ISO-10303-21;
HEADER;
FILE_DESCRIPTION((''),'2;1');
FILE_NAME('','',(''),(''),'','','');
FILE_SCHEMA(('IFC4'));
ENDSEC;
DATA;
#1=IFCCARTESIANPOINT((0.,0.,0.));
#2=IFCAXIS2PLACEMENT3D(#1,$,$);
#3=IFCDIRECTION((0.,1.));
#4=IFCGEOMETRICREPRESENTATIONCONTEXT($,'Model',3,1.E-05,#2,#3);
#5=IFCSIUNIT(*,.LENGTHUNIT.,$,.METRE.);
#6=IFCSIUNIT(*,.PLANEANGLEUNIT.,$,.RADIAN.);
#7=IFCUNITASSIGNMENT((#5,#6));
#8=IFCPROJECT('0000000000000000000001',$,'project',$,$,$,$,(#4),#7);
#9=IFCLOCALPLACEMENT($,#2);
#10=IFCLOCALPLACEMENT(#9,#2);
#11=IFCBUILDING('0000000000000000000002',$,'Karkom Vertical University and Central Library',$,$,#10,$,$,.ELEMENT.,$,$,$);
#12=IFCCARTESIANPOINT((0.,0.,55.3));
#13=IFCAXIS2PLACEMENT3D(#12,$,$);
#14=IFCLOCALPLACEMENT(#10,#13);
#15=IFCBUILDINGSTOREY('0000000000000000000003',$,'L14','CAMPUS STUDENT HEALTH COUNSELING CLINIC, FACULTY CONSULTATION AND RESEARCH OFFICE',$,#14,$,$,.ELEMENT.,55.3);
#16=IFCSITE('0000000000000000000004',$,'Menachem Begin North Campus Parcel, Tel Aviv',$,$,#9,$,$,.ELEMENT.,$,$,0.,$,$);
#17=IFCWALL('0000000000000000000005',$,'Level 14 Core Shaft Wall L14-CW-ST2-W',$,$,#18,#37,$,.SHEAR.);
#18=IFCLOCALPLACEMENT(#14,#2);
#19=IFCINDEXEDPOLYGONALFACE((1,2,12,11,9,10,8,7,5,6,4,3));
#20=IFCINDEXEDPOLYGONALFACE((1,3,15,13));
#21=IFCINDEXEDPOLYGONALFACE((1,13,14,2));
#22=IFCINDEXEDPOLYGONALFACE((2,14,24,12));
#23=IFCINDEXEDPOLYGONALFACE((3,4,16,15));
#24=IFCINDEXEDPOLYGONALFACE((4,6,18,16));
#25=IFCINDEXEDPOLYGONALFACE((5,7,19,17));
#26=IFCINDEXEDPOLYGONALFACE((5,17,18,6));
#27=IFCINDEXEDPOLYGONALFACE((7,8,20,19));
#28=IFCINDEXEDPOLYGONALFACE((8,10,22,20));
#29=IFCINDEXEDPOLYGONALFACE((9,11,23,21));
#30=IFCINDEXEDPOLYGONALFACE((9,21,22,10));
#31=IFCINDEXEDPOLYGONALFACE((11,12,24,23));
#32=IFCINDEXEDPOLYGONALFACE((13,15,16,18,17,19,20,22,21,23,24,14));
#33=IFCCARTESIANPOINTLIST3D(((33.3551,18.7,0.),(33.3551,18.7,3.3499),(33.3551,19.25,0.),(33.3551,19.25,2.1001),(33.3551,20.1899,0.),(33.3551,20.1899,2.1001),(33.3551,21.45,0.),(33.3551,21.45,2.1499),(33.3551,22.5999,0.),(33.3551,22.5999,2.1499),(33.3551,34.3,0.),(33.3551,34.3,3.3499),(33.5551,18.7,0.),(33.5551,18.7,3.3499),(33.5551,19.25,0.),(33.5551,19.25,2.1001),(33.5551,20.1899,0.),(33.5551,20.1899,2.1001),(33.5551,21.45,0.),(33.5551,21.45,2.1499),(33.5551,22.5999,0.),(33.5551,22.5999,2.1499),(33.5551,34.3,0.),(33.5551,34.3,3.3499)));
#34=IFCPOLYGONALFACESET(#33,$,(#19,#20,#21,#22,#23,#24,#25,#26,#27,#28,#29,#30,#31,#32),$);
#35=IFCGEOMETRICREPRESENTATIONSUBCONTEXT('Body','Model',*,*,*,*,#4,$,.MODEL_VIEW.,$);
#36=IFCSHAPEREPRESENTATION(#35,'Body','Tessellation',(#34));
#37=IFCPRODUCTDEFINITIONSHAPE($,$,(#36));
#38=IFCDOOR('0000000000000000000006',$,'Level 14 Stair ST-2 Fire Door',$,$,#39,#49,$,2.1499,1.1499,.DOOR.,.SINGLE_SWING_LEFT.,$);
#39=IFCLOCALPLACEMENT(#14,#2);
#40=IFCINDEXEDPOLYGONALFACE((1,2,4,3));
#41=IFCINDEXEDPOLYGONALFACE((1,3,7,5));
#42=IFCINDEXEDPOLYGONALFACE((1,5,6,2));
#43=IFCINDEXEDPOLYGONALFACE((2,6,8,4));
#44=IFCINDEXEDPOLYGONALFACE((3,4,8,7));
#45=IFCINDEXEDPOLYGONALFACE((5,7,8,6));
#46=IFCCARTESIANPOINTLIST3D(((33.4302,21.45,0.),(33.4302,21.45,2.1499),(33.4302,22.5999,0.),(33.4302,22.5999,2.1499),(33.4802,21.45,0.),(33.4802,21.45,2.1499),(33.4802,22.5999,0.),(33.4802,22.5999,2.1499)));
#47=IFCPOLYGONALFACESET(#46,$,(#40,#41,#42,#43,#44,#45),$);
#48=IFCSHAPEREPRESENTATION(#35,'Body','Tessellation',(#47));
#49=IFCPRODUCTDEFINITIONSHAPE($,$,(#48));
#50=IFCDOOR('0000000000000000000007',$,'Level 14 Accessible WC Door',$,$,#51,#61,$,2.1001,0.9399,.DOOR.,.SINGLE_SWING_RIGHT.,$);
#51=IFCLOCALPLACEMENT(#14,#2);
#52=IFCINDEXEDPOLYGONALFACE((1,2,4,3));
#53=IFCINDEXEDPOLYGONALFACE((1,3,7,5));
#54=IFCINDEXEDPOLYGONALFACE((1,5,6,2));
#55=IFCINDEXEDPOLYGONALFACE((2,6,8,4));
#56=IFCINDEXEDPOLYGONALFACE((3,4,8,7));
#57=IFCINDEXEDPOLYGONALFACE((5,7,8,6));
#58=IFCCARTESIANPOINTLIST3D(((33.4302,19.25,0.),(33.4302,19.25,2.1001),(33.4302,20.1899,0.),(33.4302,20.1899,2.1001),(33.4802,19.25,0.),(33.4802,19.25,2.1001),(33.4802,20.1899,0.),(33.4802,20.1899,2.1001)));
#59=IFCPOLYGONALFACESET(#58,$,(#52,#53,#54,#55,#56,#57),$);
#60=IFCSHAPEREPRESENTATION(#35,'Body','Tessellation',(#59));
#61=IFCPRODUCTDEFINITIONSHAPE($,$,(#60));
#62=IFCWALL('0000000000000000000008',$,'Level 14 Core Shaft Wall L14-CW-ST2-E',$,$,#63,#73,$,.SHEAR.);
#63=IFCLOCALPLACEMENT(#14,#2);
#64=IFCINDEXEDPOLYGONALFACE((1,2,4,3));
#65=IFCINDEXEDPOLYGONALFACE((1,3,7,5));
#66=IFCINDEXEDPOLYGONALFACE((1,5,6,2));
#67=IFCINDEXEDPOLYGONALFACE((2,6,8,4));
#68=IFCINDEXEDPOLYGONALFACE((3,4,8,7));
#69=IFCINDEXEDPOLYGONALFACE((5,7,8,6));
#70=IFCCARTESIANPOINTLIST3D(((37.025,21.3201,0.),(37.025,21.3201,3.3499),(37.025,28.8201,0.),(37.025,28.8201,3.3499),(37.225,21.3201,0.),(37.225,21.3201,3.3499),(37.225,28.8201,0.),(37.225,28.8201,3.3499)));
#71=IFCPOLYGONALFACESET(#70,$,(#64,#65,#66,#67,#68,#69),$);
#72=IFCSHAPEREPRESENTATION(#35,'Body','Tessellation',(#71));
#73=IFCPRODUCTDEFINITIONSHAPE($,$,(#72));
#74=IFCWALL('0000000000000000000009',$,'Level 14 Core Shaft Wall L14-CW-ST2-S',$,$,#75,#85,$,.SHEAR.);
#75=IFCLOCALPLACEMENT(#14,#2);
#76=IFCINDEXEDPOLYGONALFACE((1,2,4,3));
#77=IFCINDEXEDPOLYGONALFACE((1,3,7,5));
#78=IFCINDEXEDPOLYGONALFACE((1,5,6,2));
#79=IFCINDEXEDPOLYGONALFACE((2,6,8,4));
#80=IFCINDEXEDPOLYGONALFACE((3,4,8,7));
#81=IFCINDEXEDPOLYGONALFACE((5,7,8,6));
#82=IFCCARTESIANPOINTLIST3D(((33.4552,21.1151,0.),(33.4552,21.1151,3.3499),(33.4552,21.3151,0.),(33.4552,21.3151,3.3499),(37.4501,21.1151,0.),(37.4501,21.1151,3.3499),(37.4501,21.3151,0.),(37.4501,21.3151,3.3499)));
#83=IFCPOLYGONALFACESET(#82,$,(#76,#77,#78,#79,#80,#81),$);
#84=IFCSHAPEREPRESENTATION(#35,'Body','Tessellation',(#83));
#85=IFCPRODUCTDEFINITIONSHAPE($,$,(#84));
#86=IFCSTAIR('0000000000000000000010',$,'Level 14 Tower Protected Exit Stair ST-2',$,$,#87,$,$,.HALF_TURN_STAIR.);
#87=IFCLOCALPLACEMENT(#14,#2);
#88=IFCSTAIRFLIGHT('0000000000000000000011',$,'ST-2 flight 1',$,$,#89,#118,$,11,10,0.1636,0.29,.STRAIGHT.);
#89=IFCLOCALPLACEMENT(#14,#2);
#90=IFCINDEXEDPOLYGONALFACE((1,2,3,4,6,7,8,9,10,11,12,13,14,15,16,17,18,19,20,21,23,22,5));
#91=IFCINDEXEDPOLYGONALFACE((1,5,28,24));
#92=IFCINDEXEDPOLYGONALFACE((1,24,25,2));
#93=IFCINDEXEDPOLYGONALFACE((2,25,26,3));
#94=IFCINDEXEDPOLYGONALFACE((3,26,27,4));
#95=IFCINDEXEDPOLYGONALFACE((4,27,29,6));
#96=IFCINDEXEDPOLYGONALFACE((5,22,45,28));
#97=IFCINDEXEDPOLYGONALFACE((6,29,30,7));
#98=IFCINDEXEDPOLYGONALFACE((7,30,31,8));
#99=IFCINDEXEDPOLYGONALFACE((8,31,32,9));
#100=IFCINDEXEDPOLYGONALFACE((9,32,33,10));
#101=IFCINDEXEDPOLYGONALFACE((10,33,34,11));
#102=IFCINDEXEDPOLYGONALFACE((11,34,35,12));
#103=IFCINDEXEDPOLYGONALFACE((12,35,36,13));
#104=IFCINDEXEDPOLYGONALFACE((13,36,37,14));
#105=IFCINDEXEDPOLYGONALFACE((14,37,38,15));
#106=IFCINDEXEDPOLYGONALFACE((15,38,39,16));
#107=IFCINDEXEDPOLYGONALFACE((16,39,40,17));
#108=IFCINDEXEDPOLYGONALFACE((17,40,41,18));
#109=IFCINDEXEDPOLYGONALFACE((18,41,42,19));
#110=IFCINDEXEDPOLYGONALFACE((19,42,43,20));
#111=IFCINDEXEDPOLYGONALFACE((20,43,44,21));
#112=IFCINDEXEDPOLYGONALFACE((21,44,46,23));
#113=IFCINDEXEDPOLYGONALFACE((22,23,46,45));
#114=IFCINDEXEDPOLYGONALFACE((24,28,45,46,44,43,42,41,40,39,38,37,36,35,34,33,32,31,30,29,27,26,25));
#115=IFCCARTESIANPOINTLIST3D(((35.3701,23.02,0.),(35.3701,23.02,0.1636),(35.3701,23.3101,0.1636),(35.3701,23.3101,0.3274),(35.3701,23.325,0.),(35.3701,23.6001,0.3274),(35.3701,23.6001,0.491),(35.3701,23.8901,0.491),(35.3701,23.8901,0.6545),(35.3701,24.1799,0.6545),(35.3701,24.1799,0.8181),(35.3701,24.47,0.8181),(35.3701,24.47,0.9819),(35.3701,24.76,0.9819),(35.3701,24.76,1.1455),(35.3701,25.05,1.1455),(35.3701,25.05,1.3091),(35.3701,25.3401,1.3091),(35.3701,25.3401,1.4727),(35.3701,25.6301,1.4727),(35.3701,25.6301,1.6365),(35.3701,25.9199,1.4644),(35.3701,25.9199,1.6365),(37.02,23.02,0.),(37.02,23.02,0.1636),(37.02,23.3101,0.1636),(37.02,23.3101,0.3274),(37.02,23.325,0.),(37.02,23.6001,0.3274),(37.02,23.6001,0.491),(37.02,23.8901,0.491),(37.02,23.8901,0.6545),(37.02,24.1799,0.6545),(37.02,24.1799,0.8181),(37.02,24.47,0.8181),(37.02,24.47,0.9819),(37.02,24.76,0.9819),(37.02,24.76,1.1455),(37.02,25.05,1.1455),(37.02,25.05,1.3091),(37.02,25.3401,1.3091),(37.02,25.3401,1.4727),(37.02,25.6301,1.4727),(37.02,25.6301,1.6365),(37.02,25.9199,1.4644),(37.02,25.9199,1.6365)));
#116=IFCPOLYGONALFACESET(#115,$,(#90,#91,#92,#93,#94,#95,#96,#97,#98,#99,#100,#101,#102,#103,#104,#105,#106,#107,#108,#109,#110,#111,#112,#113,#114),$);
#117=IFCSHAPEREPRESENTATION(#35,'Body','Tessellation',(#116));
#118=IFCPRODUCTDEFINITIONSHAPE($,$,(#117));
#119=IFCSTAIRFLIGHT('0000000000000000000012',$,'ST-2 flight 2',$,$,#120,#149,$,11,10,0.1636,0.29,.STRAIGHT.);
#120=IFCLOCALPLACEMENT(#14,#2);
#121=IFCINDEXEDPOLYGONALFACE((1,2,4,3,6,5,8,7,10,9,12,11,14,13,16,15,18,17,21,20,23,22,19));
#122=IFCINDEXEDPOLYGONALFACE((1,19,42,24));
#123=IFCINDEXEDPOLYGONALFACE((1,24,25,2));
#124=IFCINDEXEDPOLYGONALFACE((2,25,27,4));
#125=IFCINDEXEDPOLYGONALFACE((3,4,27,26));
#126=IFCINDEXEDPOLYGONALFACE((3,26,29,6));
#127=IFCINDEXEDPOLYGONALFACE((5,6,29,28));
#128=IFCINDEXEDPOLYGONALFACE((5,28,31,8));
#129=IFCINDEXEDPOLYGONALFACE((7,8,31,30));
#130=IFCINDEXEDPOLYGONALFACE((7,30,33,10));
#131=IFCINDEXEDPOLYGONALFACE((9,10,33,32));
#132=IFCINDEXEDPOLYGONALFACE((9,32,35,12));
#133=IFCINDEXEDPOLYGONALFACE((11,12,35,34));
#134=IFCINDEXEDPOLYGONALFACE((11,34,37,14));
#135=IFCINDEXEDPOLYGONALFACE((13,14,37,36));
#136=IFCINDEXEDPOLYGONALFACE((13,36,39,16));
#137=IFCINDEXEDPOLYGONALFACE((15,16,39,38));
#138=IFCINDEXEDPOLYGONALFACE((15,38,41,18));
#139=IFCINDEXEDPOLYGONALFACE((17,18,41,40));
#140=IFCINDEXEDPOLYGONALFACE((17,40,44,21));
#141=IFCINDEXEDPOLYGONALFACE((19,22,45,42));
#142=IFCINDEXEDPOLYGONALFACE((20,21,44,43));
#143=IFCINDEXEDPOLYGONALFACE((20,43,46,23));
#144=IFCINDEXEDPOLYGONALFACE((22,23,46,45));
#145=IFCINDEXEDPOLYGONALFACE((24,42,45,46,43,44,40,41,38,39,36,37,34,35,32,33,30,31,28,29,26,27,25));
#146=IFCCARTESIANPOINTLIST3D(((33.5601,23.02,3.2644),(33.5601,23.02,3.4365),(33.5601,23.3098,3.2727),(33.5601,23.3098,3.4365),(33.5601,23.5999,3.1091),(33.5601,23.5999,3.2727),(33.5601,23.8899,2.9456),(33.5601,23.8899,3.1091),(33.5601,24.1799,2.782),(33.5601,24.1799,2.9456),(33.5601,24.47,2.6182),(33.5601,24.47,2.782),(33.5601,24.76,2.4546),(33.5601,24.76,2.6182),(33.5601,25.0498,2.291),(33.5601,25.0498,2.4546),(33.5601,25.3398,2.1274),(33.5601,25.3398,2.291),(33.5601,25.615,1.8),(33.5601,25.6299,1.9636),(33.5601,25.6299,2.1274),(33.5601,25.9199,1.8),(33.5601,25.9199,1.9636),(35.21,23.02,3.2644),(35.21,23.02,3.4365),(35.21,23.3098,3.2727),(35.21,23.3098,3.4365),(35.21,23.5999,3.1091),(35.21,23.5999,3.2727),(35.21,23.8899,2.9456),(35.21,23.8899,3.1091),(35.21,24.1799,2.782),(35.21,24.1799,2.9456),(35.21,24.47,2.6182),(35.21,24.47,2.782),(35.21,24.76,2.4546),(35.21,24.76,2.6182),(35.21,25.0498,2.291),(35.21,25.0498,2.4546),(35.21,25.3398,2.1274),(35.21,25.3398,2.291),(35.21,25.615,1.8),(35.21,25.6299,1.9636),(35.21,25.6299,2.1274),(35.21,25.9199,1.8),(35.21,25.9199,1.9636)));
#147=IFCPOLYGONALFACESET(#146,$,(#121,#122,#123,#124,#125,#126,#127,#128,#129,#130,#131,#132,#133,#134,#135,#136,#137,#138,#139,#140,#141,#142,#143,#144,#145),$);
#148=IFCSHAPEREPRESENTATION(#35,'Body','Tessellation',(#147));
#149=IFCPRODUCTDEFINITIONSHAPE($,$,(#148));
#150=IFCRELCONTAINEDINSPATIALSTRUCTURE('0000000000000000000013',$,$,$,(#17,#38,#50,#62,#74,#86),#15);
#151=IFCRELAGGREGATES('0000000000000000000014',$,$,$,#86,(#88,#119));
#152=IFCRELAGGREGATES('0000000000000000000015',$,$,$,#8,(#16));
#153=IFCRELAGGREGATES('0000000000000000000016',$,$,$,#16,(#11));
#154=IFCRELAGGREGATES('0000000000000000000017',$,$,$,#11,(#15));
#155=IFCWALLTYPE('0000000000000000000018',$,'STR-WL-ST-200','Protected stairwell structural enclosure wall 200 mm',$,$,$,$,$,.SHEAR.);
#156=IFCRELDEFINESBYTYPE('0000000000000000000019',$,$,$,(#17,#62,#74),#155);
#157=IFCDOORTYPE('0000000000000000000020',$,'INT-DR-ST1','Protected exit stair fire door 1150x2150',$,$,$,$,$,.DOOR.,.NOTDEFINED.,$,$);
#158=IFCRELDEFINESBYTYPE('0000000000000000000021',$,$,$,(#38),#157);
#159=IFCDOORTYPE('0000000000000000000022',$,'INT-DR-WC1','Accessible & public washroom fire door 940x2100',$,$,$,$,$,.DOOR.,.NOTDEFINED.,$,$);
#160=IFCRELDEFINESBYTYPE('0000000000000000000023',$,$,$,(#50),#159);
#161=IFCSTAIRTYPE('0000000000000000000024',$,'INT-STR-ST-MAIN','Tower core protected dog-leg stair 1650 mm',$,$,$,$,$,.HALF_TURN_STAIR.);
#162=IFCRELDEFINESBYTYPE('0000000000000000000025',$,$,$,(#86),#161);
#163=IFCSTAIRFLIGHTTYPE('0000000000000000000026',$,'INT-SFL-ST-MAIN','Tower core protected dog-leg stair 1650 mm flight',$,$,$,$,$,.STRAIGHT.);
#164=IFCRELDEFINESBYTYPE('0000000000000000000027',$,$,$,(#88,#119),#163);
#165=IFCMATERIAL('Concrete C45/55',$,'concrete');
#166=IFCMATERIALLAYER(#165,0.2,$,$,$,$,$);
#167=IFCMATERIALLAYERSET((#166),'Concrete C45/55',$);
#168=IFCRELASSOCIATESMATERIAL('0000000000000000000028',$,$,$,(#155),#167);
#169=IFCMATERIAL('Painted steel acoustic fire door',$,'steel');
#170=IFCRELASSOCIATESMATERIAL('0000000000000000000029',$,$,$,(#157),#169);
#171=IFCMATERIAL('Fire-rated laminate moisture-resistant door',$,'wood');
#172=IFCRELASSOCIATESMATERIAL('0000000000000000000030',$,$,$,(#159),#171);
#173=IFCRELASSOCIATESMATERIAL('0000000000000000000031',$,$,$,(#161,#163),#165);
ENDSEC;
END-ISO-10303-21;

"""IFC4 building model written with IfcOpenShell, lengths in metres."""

from ifc_helpers import new_model, si_unit, direction, frame, frame_2d, origin, origin_with_axes, place, context, subcontext, project, spatial, polyline, rectangle, outline, extrude, source, transform, mapped, material, layer, layer_set, type_object, element, fill, aggregate, save


model = new_model("IFC4")

# Units and contexts
model_context = context("Model", 3, precision=1e-05, world=origin(), true_north=direction((0.0, 1.0)))
body_context = subcontext(model_context, "Body", "Model", "MODEL_VIEW")
ifc_project = project(units=[si_unit("LENGTHUNIT", "METRE"), si_unit("PLANEANGLEUNIT", "RADIAN")], contexts=[model_context])

# Site, building, storey
site_placement = place(None, origin())
site = spatial("IfcSite", under=ifc_project, at=site_placement, Name="Menachem Begin North Campus Parcel, Tel Aviv", CompositionType="ELEMENT", RefElevation=0.0)
building_placement = place(site_placement, origin())
building = spatial("IfcBuilding", under=site, at=building_placement, Name="Karkom Vertical University and Central Library", CompositionType="ELEMENT")
storey_placement = place(building_placement, frame((0.0, 0.0, 55.3)))
storey = spatial("IfcBuildingStorey", under=building, at=storey_placement, Name="L14", Description="CAMPUS STUDENT HEALTH COUNSELING CLINIC, FACULTY CONSULTATION AND RESEARCH OFFICE", CompositionType="ELEMENT", Elevation=55.3)

# Wall, openings, doors
ifc_material_1 = material(Name="Concrete C45/55", Category="concrete")
ifc_layer_1 = layer(ifc_material_1, 0.2)
ifc_layer_set_1 = layer_set([ifc_layer_1], Name="Concrete C45/55")
wall_type_1 = type_object("IfcWallType", Name="STR-WL-ST-200", Description="Protected stairwell structural enclosure wall 200 mm", PredefinedType="SHEAR", material=ifc_layer_set_1)
wall_1_placement = place(storey_placement, frame((33.4551, 18.7, 0.0), z_axis=(0.0, 0.0, 1.0), x_axis=(0.0, 1.0, 0.0)))
wall_1 = element("IfcWall", 1, at=wall_1_placement, inside=storey, type_object=wall_type_1, Name="Level 14 Core Shaft Wall L14-CW-ST2-W", PredefinedType="SHEAR", context=body_context, shape_type="SweptSolid", body=[
    extrude(rectangle(XDim=15.6001, YDim=0.2, at=frame_2d((7.8, 0.0))), origin(), (0.0, 0.0, 1.0), 3.3499),
])
opening_1_placement = place(wall_1_placement, frame((2.75, 0.0, 0.0)))
opening_1 = element("IfcOpeningElement", 2, at=opening_1_placement, cuts=wall_1, PredefinedType="OPENING", context=body_context, shape_type="SweptSolid", body=[
    extrude(rectangle(XDim=1.1499, YDim=2.1499, at=frame_2d((0.575, 1.075))), frame((0.0, 0.1099, 0.0), z_axis=(0.0, -1.0, 0.0), x_axis=(1.0, 0.0, 0.0)), (0.0, 0.0, 1.0), 0.22),
])
opening_2_placement = place(wall_1_placement, frame((0.55, 0.0, 0.0)))
opening_2 = element("IfcOpeningElement", 3, at=opening_2_placement, cuts=wall_1, PredefinedType="OPENING", context=body_context, shape_type="SweptSolid", body=[
    extrude(rectangle(XDim=0.9399, YDim=2.1001, at=frame_2d((0.47, 1.05))), frame((0.0, 0.1099, 0.0), z_axis=(0.0, -1.0, 0.0), x_axis=(1.0, 0.0, 0.0)), (0.0, 0.0, 1.0), 0.22),
])
ifc_material_2 = material(Name="Painted steel acoustic fire door", Category="steel")
door_type_1 = type_object("IfcDoorType", Name="INT-DR-ST1", Description="Protected exit stair fire door 1150x2150", OperationType="NOTDEFINED", PredefinedType="DOOR", material=ifc_material_2)
shared_shape_1 = source(origin_with_axes(), body_context, "Body", "SweptSolid", [
    extrude(rectangle(XDim=1.1499, YDim=2.1499, at=frame_2d((0.575, 1.075))), frame((0.0, 0.0249, 0.0), z_axis=(0.0, -1.0, 0.0), x_axis=(1.0, 0.0, 0.0)), (0.0, 0.0, 1.0), 0.05),
])
door_1_placement = place(opening_1_placement, origin())
door_1 = element("IfcDoor", 4, at=door_1_placement, inside=storey, type_object=door_type_1, Name="Level 14 Stair ST-2 Fire Door", OperationType="SINGLE_SWING_LEFT", OverallHeight=2.1499, OverallWidth=1.1499, PredefinedType="DOOR", context=body_context, shape_type="MappedRepresentation", body=[
    mapped(shared_shape_1, transform((0.0, 0.0, 0.0), scale=1.0)),
])
fill(opening_1, door_1)
ifc_material_3 = material(Name="Fire-rated laminate moisture-resistant door", Category="wood")
door_type_2 = type_object("IfcDoorType", Name="INT-DR-WC1", Description="Accessible & public washroom fire door 940x2100", OperationType="NOTDEFINED", PredefinedType="DOOR", material=ifc_material_3)
shared_shape_2 = source(origin_with_axes(), body_context, "Body", "SweptSolid", [
    extrude(rectangle(XDim=0.9399, YDim=2.1001, at=frame_2d((0.47, 1.05))), frame((0.0, 0.0249, 0.0), z_axis=(0.0, -1.0, 0.0), x_axis=(1.0, 0.0, 0.0)), (0.0, 0.0, 1.0), 0.05),
])
door_2_placement = place(opening_2_placement, origin())
door_2 = element("IfcDoor", 5, at=door_2_placement, inside=storey, type_object=door_type_2, Name="Level 14 Accessible WC Door", OperationType="SINGLE_SWING_RIGHT", OverallHeight=2.1001, OverallWidth=0.9399, PredefinedType="DOOR", context=body_context, shape_type="MappedRepresentation", body=[
    mapped(shared_shape_2, transform((0.0, 0.0, 0.0), scale=1.0)),
])
fill(opening_2, door_2)

# Walls
wall_2_placement = place(storey_placement, frame((37.125, 21.3201, 0.0), z_axis=(0.0, 0.0, 1.0), x_axis=(0.0, 1.0, 0.0)))
element("IfcWall", 6, at=wall_2_placement, inside=storey, type_object=wall_type_1, Name="Level 14 Core Shaft Wall L14-CW-ST2-E", PredefinedType="SHEAR", context=body_context, shape_type="SweptSolid", body=[
    extrude(rectangle(XDim=7.5, YDim=0.2, at=frame_2d((3.75, 0.0))), origin(), (0.0, 0.0, 1.0), 3.3499),
])
wall_3_placement = place(storey_placement, frame((33.4551, 21.2151, 0.0), z_axis=(0.0, 0.0, 1.0), x_axis=(1.0, 0.0, 0.0)))
element("IfcWall", 7, at=wall_3_placement, inside=storey, type_object=wall_type_1, Name="Level 14 Core Shaft Wall L14-CW-ST2-S", PredefinedType="SHEAR", context=body_context, shape_type="SweptSolid", body=[
    extrude(rectangle(XDim=3.9949, YDim=0.2, at=frame_2d((1.9976, 0.0))), origin(), (0.0, 0.0, 1.0), 3.3499),
])

# Stair, stair flights
stair_type = type_object("IfcStairType", Name="INT-STR-ST-MAIN", Description="Tower core protected dog-leg stair 1650 mm", PredefinedType="HALF_TURN_STAIR", material=ifc_material_1)
stair_placement = place(storey_placement, origin())
stair = element("IfcStair", 8, at=stair_placement, inside=storey, type_object=stair_type, Name="Level 14 Tower Protected Exit Stair ST-2", PredefinedType="HALF_TURN_STAIR")
stair_flight_type = type_object("IfcStairFlightType", Name="INT-SFL-ST-MAIN", Description="Tower core protected dog-leg stair 1650 mm flight", PredefinedType="STRAIGHT", material=ifc_material_1)
stair_flight_1_placement = place(storey_placement, frame((36.1951, 23.02, 0.0), z_axis=(0.0, 0.0, 1.0), x_axis=(0.0, 1.0, 0.0)))
stair_flight_1 = element("IfcStairFlight", 9, at=stair_flight_1_placement, type_object=stair_flight_type, Name="ST-2 flight 1", NumberOfRisers=11, NumberOfTreads=10, PredefinedType="STRAIGHT", RiserHeight=0.1636, TreadLength=0.29, context=body_context, shape_type="SweptSolid", body=[
    extrude(outline(polyline([(0.0, 0.0), (0.0, 0.1636), (0.29, 0.1636), (0.29, 0.3274), (0.5801, 0.3274), (0.5801, 0.491), (0.8701, 0.491), (0.8701, 0.6545), (1.1599, 0.6545), (1.1599, 0.8181), (1.45, 0.8181), (1.45, 0.9819), (1.74, 0.9819), (1.74, 1.1455), (2.03, 1.1455), (2.03, 1.3091), (2.3201, 1.3091), (2.3201, 1.4727), (2.6101, 1.4727), (2.6101, 1.6365), (2.8999, 1.6365), (2.8999, 1.8), (2.8999, 1.4644), (0.3049, 0.0), (0.0, 0.0)])), frame((0.0, 0.825, 0.0), z_axis=(0.0, -1.0, 0.0), x_axis=(1.0, 0.0, 0.0)), (0.0, 0.0, 1.0), 1.6499),
])
stair_flight_2_placement = place(storey_placement, frame((34.385, 25.9199, 1.8), z_axis=(0.0, 0.0, 1.0), x_axis=(0.0, -1.0, 0.0)))
stair_flight_2 = element("IfcStairFlight", 10, at=stair_flight_2_placement, type_object=stair_flight_type, Name="ST-2 flight 2", NumberOfRisers=11, NumberOfTreads=10, PredefinedType="STRAIGHT", RiserHeight=0.1636, TreadLength=0.29, context=body_context, shape_type="SweptSolid", body=[
    extrude(outline(polyline([(0.0, 0.0), (0.0, 0.1636), (0.29, 0.1636), (0.29, 0.3274), (0.5801, 0.3274), (0.5801, 0.491), (0.8701, 0.491), (0.8701, 0.6545), (1.1599, 0.6545), (1.1599, 0.8181), (1.45, 0.8181), (1.45, 0.9819), (1.74, 0.9819), (1.74, 1.1455), (2.03, 1.1455), (2.03, 1.3091), (2.3201, 1.3091), (2.3201, 1.4727), (2.6101, 1.4727), (2.6101, 1.6365), (2.8999, 1.6365), (2.8999, 1.8), (2.8999, 1.4644), (0.3049, 0.0), (0.0, 0.0)])), frame((0.0, 0.825, 0.0), z_axis=(0.0, -1.0, 0.0), x_axis=(1.0, 0.0, 0.0)), (0.0, 0.0, 1.0), 1.6499),
])
aggregate(stair, [stair_flight_1, stair_flight_2])

save(model, "model.ifc")
